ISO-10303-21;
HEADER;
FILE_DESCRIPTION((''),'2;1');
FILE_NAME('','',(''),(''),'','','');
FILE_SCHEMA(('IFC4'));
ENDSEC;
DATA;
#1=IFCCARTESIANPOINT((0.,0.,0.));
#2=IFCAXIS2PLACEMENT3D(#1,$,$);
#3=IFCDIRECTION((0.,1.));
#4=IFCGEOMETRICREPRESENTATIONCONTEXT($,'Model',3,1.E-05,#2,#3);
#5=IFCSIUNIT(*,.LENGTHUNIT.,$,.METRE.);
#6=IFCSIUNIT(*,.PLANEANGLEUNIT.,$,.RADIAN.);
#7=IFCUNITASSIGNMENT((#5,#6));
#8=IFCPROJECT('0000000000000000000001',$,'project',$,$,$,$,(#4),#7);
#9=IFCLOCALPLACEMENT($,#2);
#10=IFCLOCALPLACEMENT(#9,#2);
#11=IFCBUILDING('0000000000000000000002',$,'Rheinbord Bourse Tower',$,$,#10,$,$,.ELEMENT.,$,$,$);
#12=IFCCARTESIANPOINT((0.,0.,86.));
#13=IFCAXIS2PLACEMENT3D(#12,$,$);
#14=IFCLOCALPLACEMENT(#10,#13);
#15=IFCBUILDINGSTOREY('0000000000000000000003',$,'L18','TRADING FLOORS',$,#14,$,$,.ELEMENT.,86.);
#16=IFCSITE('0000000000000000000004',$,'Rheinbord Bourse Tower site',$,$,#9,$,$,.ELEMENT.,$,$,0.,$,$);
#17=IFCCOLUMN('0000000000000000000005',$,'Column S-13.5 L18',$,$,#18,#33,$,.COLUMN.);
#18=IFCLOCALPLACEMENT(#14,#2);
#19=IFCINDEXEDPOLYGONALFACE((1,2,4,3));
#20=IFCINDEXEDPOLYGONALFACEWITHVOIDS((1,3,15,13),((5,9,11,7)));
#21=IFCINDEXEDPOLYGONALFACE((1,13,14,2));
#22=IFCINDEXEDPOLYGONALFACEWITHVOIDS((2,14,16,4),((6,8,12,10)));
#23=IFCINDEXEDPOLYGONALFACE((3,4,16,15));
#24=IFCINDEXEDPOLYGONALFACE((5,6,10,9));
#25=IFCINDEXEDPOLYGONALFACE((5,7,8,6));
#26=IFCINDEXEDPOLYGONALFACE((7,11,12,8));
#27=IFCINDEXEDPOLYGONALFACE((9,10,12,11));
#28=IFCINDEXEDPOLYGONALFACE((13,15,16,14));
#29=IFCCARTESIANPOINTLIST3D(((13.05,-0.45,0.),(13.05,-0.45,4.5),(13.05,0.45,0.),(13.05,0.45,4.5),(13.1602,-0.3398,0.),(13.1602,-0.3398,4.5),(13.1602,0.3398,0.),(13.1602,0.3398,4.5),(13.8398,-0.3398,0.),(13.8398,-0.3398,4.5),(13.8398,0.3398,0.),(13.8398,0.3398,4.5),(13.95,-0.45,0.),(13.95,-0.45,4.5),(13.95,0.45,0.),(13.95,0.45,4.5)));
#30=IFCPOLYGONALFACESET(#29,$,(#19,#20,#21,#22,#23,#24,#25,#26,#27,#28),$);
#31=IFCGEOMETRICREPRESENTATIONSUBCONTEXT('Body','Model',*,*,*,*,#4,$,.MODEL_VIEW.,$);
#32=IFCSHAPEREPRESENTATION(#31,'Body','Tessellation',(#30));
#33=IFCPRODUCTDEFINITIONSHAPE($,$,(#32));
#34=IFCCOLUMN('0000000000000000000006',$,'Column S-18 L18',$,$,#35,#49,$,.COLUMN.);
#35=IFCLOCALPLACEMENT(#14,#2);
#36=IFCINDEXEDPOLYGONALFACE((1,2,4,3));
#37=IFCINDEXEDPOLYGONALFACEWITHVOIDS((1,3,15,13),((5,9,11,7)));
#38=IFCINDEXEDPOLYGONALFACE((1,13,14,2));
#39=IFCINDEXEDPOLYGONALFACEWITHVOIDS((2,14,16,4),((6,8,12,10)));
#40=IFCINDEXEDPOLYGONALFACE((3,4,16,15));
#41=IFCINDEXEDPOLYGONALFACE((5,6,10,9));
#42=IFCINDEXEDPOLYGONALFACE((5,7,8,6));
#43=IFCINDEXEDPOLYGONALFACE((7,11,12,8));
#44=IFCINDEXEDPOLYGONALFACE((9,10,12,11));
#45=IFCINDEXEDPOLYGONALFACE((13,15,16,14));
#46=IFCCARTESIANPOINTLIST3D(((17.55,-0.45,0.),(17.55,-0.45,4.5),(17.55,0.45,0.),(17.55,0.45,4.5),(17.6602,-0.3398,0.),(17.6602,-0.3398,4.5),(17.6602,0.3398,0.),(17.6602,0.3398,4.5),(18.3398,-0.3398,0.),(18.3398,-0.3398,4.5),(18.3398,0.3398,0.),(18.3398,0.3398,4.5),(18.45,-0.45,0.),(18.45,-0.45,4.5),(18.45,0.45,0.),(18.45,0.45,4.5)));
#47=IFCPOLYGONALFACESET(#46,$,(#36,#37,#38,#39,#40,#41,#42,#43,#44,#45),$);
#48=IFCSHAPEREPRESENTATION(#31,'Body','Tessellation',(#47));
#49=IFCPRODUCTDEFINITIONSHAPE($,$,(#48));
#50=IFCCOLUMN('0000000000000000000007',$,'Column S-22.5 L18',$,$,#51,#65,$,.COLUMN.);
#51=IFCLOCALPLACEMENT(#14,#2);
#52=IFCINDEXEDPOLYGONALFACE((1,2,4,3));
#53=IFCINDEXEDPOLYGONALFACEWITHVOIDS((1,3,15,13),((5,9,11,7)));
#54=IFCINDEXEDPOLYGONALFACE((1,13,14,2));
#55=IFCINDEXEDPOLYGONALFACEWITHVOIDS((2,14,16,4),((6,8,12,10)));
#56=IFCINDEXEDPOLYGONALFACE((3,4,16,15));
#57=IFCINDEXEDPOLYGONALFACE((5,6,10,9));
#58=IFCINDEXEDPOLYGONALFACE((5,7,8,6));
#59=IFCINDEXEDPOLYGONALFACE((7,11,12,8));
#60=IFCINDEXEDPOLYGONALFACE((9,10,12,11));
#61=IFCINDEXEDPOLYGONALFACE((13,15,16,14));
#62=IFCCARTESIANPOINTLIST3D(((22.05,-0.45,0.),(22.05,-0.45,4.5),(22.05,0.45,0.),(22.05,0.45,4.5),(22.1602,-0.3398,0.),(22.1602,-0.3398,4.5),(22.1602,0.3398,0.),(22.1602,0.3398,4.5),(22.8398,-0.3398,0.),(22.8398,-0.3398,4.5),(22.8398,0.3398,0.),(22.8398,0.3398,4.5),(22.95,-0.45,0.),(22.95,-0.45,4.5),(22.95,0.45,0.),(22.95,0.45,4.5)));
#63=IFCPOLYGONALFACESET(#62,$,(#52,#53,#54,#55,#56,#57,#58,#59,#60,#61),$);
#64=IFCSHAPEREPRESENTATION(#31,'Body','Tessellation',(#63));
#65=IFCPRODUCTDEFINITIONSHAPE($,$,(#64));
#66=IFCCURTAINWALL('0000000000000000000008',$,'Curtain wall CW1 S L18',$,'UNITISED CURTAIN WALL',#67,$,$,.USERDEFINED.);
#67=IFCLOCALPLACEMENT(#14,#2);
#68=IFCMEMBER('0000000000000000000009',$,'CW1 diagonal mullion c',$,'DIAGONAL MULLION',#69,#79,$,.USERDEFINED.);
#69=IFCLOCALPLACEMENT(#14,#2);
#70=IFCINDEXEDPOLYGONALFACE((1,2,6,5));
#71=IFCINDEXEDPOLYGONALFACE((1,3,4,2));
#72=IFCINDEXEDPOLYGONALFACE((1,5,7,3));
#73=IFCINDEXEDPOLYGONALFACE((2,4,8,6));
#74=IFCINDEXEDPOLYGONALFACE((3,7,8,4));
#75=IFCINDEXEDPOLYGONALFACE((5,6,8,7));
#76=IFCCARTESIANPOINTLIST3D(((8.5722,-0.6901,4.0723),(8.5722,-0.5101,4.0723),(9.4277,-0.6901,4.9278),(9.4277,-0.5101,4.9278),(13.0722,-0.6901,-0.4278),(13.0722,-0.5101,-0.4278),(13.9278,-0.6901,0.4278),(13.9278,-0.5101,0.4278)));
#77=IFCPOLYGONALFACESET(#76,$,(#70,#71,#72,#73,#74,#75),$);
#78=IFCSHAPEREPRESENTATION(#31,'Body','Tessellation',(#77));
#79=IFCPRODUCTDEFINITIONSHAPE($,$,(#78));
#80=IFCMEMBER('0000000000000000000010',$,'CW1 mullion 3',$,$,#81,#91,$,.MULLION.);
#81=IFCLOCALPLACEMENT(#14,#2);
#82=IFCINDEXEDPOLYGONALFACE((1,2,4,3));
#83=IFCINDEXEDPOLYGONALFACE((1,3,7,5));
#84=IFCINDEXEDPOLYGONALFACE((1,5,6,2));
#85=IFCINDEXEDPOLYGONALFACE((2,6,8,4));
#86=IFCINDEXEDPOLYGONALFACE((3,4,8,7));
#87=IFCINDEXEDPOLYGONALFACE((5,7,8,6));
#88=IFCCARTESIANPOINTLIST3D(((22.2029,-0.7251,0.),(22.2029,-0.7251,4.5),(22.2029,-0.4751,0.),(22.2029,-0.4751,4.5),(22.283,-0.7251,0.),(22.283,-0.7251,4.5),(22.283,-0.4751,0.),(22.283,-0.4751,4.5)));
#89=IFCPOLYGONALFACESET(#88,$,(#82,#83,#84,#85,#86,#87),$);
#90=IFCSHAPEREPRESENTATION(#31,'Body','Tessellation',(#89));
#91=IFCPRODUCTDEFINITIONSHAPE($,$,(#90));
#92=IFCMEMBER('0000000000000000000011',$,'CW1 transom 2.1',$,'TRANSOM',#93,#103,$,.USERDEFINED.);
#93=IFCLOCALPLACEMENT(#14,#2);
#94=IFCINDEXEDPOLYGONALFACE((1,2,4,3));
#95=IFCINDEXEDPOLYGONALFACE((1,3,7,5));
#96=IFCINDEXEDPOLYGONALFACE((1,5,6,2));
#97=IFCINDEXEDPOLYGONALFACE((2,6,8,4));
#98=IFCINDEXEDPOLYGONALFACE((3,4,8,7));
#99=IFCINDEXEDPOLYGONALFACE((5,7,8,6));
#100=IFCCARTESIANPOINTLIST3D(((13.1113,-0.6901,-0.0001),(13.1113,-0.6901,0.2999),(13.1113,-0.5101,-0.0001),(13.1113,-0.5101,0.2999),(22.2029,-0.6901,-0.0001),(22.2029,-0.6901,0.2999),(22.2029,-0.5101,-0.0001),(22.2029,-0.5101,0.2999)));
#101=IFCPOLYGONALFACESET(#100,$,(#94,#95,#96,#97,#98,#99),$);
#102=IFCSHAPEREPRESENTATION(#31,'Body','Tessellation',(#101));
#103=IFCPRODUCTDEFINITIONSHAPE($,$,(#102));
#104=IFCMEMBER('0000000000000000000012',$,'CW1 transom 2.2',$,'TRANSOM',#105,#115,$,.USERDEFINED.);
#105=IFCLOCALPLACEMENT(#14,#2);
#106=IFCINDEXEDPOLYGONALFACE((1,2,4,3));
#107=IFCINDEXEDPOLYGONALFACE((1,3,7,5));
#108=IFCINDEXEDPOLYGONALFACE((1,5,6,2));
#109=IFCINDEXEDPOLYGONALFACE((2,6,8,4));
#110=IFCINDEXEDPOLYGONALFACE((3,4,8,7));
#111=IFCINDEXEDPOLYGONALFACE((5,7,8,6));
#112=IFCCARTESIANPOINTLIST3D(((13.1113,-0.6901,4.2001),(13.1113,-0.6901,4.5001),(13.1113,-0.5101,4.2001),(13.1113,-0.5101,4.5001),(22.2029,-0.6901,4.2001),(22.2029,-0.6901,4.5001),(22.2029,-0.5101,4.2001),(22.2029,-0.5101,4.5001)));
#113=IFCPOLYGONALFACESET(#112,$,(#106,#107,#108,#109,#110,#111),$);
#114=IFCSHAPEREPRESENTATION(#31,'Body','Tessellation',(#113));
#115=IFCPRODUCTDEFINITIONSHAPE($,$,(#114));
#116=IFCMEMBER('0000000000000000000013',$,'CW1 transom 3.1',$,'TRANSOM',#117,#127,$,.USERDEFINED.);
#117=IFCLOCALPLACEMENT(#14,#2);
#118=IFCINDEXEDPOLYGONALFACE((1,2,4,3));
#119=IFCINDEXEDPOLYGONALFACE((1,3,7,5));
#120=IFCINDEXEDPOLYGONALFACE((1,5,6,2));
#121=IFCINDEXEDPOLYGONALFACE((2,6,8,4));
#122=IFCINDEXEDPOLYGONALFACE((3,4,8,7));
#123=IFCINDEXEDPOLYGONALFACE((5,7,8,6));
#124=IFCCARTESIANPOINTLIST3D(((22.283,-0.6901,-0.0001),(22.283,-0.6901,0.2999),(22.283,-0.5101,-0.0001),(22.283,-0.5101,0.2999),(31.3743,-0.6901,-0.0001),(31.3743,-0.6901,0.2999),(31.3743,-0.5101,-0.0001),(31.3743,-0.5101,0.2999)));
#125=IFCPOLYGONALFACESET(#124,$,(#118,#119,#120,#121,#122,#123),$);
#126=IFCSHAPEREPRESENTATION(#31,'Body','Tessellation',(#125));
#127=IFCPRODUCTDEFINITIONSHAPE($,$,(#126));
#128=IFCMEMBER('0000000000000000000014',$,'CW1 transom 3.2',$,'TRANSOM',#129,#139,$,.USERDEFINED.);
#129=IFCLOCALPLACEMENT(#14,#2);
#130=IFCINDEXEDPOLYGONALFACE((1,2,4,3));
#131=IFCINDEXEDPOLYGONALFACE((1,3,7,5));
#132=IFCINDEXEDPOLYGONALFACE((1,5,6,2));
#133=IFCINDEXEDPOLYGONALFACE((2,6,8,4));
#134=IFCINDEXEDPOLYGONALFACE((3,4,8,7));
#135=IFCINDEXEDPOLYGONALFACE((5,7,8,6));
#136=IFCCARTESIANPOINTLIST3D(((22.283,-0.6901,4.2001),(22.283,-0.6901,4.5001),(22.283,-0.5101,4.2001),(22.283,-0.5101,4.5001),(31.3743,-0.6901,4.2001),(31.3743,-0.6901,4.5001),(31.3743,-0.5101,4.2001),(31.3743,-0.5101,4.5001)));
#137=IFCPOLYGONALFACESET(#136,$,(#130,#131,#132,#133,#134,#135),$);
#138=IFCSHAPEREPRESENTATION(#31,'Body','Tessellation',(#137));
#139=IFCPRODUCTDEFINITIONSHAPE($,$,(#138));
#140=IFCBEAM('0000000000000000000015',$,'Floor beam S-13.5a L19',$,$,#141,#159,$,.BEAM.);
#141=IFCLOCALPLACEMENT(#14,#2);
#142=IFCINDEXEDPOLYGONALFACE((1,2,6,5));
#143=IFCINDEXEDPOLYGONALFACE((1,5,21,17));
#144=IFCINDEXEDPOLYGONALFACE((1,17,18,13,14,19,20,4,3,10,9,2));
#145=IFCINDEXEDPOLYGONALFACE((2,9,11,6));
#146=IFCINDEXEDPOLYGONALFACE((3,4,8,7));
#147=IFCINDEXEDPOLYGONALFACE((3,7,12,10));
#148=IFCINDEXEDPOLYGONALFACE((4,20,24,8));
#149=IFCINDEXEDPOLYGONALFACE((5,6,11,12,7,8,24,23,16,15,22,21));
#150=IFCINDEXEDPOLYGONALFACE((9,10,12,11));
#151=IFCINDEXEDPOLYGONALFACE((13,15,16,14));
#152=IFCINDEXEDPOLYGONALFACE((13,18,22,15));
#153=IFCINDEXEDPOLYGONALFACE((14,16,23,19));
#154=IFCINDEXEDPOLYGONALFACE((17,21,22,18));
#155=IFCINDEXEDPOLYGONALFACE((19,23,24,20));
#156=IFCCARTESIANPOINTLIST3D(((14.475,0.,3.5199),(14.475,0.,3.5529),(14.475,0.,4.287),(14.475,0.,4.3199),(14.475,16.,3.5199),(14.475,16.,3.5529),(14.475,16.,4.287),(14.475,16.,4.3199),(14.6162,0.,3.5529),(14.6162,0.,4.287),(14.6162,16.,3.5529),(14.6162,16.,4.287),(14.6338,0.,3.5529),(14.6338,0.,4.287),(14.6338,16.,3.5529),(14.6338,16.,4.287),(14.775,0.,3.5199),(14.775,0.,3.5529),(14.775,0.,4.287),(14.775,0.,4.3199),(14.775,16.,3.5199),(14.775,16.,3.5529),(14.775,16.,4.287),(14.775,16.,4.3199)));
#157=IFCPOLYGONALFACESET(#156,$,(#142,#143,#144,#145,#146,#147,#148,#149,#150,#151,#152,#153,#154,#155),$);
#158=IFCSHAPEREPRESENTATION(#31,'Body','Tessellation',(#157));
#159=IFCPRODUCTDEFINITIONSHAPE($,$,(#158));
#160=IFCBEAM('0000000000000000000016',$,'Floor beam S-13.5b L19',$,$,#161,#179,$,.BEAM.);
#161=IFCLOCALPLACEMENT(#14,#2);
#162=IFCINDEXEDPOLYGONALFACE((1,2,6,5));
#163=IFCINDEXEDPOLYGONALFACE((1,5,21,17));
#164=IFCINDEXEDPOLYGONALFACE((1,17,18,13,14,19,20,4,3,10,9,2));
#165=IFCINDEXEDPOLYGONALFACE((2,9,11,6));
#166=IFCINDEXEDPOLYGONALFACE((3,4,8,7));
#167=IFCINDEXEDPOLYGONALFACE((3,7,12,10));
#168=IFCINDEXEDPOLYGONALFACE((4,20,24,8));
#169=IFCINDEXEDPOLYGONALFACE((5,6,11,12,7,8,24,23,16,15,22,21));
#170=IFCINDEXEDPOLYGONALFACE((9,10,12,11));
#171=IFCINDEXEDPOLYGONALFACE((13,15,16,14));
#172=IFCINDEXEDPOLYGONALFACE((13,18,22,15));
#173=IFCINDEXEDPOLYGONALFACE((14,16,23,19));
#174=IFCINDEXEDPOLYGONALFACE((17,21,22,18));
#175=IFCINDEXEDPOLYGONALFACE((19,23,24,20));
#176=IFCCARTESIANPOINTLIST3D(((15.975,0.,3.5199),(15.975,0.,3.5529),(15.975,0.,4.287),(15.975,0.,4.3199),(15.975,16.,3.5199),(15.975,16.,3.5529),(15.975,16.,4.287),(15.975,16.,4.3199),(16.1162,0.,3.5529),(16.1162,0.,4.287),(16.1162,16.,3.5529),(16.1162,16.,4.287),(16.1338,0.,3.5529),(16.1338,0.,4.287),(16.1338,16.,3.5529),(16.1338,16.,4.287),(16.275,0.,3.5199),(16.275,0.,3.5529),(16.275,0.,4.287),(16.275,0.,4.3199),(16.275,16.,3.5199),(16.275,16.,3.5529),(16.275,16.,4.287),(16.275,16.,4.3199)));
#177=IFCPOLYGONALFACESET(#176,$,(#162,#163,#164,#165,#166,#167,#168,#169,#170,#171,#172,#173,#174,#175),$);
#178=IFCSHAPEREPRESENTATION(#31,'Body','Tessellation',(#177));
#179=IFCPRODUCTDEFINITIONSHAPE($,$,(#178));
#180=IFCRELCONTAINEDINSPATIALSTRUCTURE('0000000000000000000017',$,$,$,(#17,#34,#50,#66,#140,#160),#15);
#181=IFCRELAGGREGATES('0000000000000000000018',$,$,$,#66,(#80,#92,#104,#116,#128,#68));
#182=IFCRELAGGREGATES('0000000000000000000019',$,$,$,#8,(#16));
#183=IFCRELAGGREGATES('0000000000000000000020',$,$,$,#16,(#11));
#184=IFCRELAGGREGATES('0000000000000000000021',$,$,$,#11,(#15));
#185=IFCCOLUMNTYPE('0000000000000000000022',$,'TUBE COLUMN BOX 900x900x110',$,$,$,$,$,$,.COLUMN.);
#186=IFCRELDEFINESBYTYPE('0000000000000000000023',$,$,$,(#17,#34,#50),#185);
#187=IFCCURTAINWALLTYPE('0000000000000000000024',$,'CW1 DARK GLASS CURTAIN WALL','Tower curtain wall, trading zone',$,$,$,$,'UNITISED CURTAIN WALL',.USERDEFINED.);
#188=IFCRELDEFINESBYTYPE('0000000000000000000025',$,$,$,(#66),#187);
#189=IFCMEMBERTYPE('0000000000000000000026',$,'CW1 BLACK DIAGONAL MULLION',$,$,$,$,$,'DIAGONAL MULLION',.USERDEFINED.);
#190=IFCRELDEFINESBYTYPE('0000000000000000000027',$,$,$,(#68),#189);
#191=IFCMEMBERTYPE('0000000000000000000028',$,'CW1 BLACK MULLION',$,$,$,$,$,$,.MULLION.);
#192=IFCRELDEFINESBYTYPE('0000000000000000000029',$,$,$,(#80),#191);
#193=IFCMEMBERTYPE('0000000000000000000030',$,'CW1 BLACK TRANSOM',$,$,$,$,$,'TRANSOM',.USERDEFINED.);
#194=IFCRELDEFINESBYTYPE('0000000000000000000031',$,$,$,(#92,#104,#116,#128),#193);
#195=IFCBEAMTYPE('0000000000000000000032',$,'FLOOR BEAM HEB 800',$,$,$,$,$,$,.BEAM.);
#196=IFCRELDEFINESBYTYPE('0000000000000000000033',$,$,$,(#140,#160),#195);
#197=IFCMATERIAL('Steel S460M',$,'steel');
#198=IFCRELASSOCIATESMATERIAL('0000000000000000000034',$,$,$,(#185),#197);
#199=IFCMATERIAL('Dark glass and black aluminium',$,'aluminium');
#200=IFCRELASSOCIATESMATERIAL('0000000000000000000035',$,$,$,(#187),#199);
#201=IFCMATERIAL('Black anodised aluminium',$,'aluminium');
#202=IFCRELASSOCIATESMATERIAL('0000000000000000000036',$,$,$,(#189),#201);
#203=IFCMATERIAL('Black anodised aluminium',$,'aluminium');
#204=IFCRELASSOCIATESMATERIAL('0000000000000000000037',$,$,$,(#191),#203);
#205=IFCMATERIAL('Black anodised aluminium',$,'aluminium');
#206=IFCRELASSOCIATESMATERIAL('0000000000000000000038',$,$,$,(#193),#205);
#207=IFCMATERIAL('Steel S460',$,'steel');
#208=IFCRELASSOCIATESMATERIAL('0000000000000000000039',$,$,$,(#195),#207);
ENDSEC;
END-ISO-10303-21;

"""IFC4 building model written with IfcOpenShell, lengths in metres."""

from ifc_helpers import new_model, si_unit, direction, frame, origin, origin_2d, place, context, subcontext, project, spatial, rectangle, hollow_rectangle, i_section, extrude, material, material_profile, profile_set, type_object, element, aggregate, save


model = new_model("IFC4")

# Units and contexts
model_context = context("Model", 3, precision=1e-05, world=origin(), true_north=direction((0.0, 1.0)))
body_context = subcontext(model_context, "Body", "Model", "MODEL_VIEW")
ifc_project = project(units=[si_unit("LENGTHUNIT", "METRE"), si_unit("PLANEANGLEUNIT", "RADIAN")], contexts=[model_context])

# Site, building, storey
site_placement = place(None, origin())
site = spatial("IfcSite", under=ifc_project, at=site_placement, Name="Rheinbord Bourse Tower site", CompositionType="ELEMENT", RefElevation=0.0)
building_placement = place(site_placement, origin())
building = spatial("IfcBuilding", under=site, at=building_placement, Name="Rheinbord Bourse Tower", CompositionType="ELEMENT")
storey_placement = place(building_placement, frame((0.0, 0.0, 86.0)))
storey = spatial("IfcBuildingStorey", under=building, at=storey_placement, Name="L18", Description="TRADING FLOORS", CompositionType="ELEMENT", Elevation=86.0)

# Columns
ifc_material_1 = material(Name="Steel S460M", Category="steel")
ifc_material_profile_1 = material_profile(ifc_material_1, hollow_rectangle(XDim=0.8999, YDim=0.8999, WallThickness=0.1101, at=origin_2d()), Name="BOX 900x900x110")
ifc_profile_set_1 = profile_set([ifc_material_profile_1], Name="Steel S460M")
column_type = type_object("IfcColumnType", Name="TUBE COLUMN BOX 900x900x110", PredefinedType="COLUMN", material=ifc_profile_set_1)
for number, where, z_axis, x_axis, name in (
    (1, (13.5, 0.0, 0.0), (0.0, 0.0, 1.0), (0.0, 1.0, 0.0), "Column S-13.5 L18"),
    (2, (18.0, 0.0, 0.0), (0.0, 0.0, 1.0), (0.0, 1.0, 0.0), "Column S-18 L18"),
    (3, (22.5, 0.0, 0.0), (0.0, 0.0, 1.0), (0.0, 1.0, 0.0), "Column S-22.5 L18"),
):
    element("IfcColumn", number, at=place(storey_placement, frame(where, z_axis=z_axis, x_axis=x_axis)), inside=storey, type_object=column_type, Name=name, PredefinedType="COLUMN", context=body_context, shape_type="SweptSolid", body=[
        extrude(hollow_rectangle(XDim=0.8999, YDim=0.8999, WallThickness=0.1101, at=origin_2d()), origin(), (0.0, 0.0, 1.0), 4.5),
    ])

# Curtain wall, members
ifc_material_2 = material(Name="Dark glass and black aluminium", Category="aluminium")
curtain_wall_type = type_object("IfcCurtainWallType", Name="CW1 DARK GLASS CURTAIN WALL", Description="Tower curtain wall, trading zone", ElementType="UNITISED CURTAIN WALL", PredefinedType="USERDEFINED", material=ifc_material_2)
curtain_wall_placement = place(storey_placement, origin())
curtain_wall = element("IfcCurtainWall", 4, at=curtain_wall_placement, inside=storey, type_object=curtain_wall_type, Name="Curtain wall CW1 S L18", ObjectType="UNITISED CURTAIN WALL", PredefinedType="USERDEFINED")
ifc_material_3 = material(Name="Black anodised aluminium", Category="aluminium")
ifc_material_profile_2 = material_profile(ifc_material_3, rectangle(XDim=0.1799, YDim=1.21, at=origin_2d()), Name="CW1 DIAGONAL MULLION 1210x180")
ifc_profile_set_2 = profile_set([ifc_material_profile_2], Name="Black anodised aluminium")
member_type_1 = type_object("IfcMemberType", Name="CW1 BLACK DIAGONAL MULLION", ElementType="DIAGONAL MULLION", PredefinedType="USERDEFINED", material=ifc_profile_set_2)
member_1_placement = place(storey_placement, frame((13.5, -0.6001, 0.0), z_axis=(-0.707107, 0.0, 0.707107), x_axis=(0.0, -1.0, 0.0)))
member_1 = element("IfcMember", 5, at=member_1_placement, type_object=member_type_1, Name="CW1 diagonal mullion c", ObjectType="DIAGONAL MULLION", PredefinedType="USERDEFINED", context=body_context, shape_type="SweptSolid", body=[
    extrude(rectangle(XDim=0.1799, YDim=1.21, at=origin_2d()), origin(), (0.0, 0.0, 1.0), 6.364),
])
ifc_material_4 = material(Name="Black anodised aluminium", Category="aluminium")
ifc_material_profile_3 = material_profile(ifc_material_4, rectangle(XDim=0.25, YDim=0.0801, at=origin_2d()), Name="CW1 MULLION 80x250")
ifc_profile_set_3 = profile_set([ifc_material_profile_3], Name="Black anodised aluminium")
member_type_2 = type_object("IfcMemberType", Name="CW1 BLACK MULLION", PredefinedType="MULLION", material=ifc_profile_set_3)
member_2_placement = place(storey_placement, frame((22.2429, -0.6001, 0.0), z_axis=(0.0, 0.0, 1.0), x_axis=(0.0, 1.0, 0.0)))
member_2 = element("IfcMember", 6, at=member_2_placement, type_object=member_type_2, Name="CW1 mullion 3", PredefinedType="MULLION", context=body_context, shape_type="SweptSolid", body=[
    extrude(rectangle(XDim=0.25, YDim=0.0801, at=origin_2d()), origin(), (0.0, 0.0, 1.0), 4.5),
])
ifc_material_5 = material(Name="Black anodised aluminium", Category="aluminium")
ifc_material_profile_4 = material_profile(ifc_material_5, rectangle(XDim=0.1799, YDim=0.3, at=origin_2d()), Name="CW1 TRANSOM 300x180")
ifc_profile_set_4 = profile_set([ifc_material_profile_4], Name="Black anodised aluminium")
member_type_3 = type_object("IfcMemberType", Name="CW1 BLACK TRANSOM", ElementType="TRANSOM", PredefinedType="USERDEFINED", material=ifc_profile_set_4)
member_3_placement = place(storey_placement, frame((13.1113, -0.6001, 0.1499), z_axis=(1.0, 0.0, 0.0), x_axis=(0.0, 1.0, 0.0)))
member_3 = element("IfcMember", 7, at=member_3_placement, type_object=member_type_3, Name="CW1 transom 2.1", ObjectType="TRANSOM", PredefinedType="USERDEFINED", context=body_context, shape_type="SweptSolid", body=[
    extrude(rectangle(XDim=0.1799, YDim=0.3, at=origin_2d()), origin(), (0.0, 0.0, 1.0), 9.0916),
])
member_4_placement = place(storey_placement, frame((13.1113, -0.6001, 4.3501), z_axis=(1.0, 0.0, 0.0), x_axis=(0.0, 1.0, 0.0)))
member_4 = element("IfcMember", 8, at=member_4_placement, type_object=member_type_3, Name="CW1 transom 2.2", ObjectType="TRANSOM", PredefinedType="USERDEFINED", context=body_context, shape_type="SweptSolid", body=[
    extrude(rectangle(XDim=0.1799, YDim=0.3, at=origin_2d()), origin(), (0.0, 0.0, 1.0), 9.0916),
])
member_5_placement = place(storey_placement, frame((22.283, -0.6001, 0.1499), z_axis=(1.0, 0.0, 0.0), x_axis=(0.0, 1.0, 0.0)))
member_5 = element("IfcMember", 9, at=member_5_placement, type_object=member_type_3, Name="CW1 transom 3.1", ObjectType="TRANSOM", PredefinedType="USERDEFINED", context=body_context, shape_type="SweptSolid", body=[
    extrude(rectangle(XDim=0.1799, YDim=0.3, at=origin_2d()), origin(), (0.0, 0.0, 1.0), 9.0913),
])
member_6_placement = place(storey_placement, frame((22.283, -0.6001, 4.3501), z_axis=(1.0, 0.0, 0.0), x_axis=(0.0, 1.0, 0.0)))
member_6 = element("IfcMember", 10, at=member_6_placement, type_object=member_type_3, Name="CW1 transom 3.2", ObjectType="TRANSOM", PredefinedType="USERDEFINED", context=body_context, shape_type="SweptSolid", body=[
    extrude(rectangle(XDim=0.1799, YDim=0.3, at=origin_2d()), origin(), (0.0, 0.0, 1.0), 9.0913),
])

# Beams
ifc_material_6 = material(Name="Steel S460", Category="steel")
ifc_material_profile_5 = material_profile(ifc_material_6, i_section(OverallWidth=0.3, OverallDepth=0.8, WebThickness=0.0176, FlangeThickness=0.033, at=origin_2d()), Name="HEB 800")
ifc_profile_set_5 = profile_set([ifc_material_profile_5], Name="Steel S460")
beam_type_1 = type_object("IfcBeamType", Name="FLOOR BEAM HEB 800", PredefinedType="BEAM", material=ifc_profile_set_5)
for number, where, z_axis, x_axis, name in (
    (11, (14.625, 0.0, 3.9199), (0.0, 1.0, 0.0), (-1.0, 0.0, 0.0), "Floor beam S-13.5a L19"),
    (12, (16.125, 0.0, 3.9199), (0.0, 1.0, 0.0), (-1.0, 0.0, 0.0), "Floor beam S-13.5b L19"),
):
    element("IfcBeam", number, at=place(storey_placement, frame(where, z_axis=z_axis, x_axis=x_axis)), inside=storey, type_object=beam_type_1, Name=name, PredefinedType="BEAM", context=body_context, shape_type="SweptSolid", body=[
        extrude(i_section(OverallWidth=0.3, OverallDepth=0.8, WebThickness=0.0176, FlangeThickness=0.033, at=origin_2d()), origin(), (0.0, 0.0, 1.0), 16.0),
    ])

aggregate(curtain_wall, [member_2, member_3, member_4, member_5, member_6, member_1])

save(model, "model.ifc")
